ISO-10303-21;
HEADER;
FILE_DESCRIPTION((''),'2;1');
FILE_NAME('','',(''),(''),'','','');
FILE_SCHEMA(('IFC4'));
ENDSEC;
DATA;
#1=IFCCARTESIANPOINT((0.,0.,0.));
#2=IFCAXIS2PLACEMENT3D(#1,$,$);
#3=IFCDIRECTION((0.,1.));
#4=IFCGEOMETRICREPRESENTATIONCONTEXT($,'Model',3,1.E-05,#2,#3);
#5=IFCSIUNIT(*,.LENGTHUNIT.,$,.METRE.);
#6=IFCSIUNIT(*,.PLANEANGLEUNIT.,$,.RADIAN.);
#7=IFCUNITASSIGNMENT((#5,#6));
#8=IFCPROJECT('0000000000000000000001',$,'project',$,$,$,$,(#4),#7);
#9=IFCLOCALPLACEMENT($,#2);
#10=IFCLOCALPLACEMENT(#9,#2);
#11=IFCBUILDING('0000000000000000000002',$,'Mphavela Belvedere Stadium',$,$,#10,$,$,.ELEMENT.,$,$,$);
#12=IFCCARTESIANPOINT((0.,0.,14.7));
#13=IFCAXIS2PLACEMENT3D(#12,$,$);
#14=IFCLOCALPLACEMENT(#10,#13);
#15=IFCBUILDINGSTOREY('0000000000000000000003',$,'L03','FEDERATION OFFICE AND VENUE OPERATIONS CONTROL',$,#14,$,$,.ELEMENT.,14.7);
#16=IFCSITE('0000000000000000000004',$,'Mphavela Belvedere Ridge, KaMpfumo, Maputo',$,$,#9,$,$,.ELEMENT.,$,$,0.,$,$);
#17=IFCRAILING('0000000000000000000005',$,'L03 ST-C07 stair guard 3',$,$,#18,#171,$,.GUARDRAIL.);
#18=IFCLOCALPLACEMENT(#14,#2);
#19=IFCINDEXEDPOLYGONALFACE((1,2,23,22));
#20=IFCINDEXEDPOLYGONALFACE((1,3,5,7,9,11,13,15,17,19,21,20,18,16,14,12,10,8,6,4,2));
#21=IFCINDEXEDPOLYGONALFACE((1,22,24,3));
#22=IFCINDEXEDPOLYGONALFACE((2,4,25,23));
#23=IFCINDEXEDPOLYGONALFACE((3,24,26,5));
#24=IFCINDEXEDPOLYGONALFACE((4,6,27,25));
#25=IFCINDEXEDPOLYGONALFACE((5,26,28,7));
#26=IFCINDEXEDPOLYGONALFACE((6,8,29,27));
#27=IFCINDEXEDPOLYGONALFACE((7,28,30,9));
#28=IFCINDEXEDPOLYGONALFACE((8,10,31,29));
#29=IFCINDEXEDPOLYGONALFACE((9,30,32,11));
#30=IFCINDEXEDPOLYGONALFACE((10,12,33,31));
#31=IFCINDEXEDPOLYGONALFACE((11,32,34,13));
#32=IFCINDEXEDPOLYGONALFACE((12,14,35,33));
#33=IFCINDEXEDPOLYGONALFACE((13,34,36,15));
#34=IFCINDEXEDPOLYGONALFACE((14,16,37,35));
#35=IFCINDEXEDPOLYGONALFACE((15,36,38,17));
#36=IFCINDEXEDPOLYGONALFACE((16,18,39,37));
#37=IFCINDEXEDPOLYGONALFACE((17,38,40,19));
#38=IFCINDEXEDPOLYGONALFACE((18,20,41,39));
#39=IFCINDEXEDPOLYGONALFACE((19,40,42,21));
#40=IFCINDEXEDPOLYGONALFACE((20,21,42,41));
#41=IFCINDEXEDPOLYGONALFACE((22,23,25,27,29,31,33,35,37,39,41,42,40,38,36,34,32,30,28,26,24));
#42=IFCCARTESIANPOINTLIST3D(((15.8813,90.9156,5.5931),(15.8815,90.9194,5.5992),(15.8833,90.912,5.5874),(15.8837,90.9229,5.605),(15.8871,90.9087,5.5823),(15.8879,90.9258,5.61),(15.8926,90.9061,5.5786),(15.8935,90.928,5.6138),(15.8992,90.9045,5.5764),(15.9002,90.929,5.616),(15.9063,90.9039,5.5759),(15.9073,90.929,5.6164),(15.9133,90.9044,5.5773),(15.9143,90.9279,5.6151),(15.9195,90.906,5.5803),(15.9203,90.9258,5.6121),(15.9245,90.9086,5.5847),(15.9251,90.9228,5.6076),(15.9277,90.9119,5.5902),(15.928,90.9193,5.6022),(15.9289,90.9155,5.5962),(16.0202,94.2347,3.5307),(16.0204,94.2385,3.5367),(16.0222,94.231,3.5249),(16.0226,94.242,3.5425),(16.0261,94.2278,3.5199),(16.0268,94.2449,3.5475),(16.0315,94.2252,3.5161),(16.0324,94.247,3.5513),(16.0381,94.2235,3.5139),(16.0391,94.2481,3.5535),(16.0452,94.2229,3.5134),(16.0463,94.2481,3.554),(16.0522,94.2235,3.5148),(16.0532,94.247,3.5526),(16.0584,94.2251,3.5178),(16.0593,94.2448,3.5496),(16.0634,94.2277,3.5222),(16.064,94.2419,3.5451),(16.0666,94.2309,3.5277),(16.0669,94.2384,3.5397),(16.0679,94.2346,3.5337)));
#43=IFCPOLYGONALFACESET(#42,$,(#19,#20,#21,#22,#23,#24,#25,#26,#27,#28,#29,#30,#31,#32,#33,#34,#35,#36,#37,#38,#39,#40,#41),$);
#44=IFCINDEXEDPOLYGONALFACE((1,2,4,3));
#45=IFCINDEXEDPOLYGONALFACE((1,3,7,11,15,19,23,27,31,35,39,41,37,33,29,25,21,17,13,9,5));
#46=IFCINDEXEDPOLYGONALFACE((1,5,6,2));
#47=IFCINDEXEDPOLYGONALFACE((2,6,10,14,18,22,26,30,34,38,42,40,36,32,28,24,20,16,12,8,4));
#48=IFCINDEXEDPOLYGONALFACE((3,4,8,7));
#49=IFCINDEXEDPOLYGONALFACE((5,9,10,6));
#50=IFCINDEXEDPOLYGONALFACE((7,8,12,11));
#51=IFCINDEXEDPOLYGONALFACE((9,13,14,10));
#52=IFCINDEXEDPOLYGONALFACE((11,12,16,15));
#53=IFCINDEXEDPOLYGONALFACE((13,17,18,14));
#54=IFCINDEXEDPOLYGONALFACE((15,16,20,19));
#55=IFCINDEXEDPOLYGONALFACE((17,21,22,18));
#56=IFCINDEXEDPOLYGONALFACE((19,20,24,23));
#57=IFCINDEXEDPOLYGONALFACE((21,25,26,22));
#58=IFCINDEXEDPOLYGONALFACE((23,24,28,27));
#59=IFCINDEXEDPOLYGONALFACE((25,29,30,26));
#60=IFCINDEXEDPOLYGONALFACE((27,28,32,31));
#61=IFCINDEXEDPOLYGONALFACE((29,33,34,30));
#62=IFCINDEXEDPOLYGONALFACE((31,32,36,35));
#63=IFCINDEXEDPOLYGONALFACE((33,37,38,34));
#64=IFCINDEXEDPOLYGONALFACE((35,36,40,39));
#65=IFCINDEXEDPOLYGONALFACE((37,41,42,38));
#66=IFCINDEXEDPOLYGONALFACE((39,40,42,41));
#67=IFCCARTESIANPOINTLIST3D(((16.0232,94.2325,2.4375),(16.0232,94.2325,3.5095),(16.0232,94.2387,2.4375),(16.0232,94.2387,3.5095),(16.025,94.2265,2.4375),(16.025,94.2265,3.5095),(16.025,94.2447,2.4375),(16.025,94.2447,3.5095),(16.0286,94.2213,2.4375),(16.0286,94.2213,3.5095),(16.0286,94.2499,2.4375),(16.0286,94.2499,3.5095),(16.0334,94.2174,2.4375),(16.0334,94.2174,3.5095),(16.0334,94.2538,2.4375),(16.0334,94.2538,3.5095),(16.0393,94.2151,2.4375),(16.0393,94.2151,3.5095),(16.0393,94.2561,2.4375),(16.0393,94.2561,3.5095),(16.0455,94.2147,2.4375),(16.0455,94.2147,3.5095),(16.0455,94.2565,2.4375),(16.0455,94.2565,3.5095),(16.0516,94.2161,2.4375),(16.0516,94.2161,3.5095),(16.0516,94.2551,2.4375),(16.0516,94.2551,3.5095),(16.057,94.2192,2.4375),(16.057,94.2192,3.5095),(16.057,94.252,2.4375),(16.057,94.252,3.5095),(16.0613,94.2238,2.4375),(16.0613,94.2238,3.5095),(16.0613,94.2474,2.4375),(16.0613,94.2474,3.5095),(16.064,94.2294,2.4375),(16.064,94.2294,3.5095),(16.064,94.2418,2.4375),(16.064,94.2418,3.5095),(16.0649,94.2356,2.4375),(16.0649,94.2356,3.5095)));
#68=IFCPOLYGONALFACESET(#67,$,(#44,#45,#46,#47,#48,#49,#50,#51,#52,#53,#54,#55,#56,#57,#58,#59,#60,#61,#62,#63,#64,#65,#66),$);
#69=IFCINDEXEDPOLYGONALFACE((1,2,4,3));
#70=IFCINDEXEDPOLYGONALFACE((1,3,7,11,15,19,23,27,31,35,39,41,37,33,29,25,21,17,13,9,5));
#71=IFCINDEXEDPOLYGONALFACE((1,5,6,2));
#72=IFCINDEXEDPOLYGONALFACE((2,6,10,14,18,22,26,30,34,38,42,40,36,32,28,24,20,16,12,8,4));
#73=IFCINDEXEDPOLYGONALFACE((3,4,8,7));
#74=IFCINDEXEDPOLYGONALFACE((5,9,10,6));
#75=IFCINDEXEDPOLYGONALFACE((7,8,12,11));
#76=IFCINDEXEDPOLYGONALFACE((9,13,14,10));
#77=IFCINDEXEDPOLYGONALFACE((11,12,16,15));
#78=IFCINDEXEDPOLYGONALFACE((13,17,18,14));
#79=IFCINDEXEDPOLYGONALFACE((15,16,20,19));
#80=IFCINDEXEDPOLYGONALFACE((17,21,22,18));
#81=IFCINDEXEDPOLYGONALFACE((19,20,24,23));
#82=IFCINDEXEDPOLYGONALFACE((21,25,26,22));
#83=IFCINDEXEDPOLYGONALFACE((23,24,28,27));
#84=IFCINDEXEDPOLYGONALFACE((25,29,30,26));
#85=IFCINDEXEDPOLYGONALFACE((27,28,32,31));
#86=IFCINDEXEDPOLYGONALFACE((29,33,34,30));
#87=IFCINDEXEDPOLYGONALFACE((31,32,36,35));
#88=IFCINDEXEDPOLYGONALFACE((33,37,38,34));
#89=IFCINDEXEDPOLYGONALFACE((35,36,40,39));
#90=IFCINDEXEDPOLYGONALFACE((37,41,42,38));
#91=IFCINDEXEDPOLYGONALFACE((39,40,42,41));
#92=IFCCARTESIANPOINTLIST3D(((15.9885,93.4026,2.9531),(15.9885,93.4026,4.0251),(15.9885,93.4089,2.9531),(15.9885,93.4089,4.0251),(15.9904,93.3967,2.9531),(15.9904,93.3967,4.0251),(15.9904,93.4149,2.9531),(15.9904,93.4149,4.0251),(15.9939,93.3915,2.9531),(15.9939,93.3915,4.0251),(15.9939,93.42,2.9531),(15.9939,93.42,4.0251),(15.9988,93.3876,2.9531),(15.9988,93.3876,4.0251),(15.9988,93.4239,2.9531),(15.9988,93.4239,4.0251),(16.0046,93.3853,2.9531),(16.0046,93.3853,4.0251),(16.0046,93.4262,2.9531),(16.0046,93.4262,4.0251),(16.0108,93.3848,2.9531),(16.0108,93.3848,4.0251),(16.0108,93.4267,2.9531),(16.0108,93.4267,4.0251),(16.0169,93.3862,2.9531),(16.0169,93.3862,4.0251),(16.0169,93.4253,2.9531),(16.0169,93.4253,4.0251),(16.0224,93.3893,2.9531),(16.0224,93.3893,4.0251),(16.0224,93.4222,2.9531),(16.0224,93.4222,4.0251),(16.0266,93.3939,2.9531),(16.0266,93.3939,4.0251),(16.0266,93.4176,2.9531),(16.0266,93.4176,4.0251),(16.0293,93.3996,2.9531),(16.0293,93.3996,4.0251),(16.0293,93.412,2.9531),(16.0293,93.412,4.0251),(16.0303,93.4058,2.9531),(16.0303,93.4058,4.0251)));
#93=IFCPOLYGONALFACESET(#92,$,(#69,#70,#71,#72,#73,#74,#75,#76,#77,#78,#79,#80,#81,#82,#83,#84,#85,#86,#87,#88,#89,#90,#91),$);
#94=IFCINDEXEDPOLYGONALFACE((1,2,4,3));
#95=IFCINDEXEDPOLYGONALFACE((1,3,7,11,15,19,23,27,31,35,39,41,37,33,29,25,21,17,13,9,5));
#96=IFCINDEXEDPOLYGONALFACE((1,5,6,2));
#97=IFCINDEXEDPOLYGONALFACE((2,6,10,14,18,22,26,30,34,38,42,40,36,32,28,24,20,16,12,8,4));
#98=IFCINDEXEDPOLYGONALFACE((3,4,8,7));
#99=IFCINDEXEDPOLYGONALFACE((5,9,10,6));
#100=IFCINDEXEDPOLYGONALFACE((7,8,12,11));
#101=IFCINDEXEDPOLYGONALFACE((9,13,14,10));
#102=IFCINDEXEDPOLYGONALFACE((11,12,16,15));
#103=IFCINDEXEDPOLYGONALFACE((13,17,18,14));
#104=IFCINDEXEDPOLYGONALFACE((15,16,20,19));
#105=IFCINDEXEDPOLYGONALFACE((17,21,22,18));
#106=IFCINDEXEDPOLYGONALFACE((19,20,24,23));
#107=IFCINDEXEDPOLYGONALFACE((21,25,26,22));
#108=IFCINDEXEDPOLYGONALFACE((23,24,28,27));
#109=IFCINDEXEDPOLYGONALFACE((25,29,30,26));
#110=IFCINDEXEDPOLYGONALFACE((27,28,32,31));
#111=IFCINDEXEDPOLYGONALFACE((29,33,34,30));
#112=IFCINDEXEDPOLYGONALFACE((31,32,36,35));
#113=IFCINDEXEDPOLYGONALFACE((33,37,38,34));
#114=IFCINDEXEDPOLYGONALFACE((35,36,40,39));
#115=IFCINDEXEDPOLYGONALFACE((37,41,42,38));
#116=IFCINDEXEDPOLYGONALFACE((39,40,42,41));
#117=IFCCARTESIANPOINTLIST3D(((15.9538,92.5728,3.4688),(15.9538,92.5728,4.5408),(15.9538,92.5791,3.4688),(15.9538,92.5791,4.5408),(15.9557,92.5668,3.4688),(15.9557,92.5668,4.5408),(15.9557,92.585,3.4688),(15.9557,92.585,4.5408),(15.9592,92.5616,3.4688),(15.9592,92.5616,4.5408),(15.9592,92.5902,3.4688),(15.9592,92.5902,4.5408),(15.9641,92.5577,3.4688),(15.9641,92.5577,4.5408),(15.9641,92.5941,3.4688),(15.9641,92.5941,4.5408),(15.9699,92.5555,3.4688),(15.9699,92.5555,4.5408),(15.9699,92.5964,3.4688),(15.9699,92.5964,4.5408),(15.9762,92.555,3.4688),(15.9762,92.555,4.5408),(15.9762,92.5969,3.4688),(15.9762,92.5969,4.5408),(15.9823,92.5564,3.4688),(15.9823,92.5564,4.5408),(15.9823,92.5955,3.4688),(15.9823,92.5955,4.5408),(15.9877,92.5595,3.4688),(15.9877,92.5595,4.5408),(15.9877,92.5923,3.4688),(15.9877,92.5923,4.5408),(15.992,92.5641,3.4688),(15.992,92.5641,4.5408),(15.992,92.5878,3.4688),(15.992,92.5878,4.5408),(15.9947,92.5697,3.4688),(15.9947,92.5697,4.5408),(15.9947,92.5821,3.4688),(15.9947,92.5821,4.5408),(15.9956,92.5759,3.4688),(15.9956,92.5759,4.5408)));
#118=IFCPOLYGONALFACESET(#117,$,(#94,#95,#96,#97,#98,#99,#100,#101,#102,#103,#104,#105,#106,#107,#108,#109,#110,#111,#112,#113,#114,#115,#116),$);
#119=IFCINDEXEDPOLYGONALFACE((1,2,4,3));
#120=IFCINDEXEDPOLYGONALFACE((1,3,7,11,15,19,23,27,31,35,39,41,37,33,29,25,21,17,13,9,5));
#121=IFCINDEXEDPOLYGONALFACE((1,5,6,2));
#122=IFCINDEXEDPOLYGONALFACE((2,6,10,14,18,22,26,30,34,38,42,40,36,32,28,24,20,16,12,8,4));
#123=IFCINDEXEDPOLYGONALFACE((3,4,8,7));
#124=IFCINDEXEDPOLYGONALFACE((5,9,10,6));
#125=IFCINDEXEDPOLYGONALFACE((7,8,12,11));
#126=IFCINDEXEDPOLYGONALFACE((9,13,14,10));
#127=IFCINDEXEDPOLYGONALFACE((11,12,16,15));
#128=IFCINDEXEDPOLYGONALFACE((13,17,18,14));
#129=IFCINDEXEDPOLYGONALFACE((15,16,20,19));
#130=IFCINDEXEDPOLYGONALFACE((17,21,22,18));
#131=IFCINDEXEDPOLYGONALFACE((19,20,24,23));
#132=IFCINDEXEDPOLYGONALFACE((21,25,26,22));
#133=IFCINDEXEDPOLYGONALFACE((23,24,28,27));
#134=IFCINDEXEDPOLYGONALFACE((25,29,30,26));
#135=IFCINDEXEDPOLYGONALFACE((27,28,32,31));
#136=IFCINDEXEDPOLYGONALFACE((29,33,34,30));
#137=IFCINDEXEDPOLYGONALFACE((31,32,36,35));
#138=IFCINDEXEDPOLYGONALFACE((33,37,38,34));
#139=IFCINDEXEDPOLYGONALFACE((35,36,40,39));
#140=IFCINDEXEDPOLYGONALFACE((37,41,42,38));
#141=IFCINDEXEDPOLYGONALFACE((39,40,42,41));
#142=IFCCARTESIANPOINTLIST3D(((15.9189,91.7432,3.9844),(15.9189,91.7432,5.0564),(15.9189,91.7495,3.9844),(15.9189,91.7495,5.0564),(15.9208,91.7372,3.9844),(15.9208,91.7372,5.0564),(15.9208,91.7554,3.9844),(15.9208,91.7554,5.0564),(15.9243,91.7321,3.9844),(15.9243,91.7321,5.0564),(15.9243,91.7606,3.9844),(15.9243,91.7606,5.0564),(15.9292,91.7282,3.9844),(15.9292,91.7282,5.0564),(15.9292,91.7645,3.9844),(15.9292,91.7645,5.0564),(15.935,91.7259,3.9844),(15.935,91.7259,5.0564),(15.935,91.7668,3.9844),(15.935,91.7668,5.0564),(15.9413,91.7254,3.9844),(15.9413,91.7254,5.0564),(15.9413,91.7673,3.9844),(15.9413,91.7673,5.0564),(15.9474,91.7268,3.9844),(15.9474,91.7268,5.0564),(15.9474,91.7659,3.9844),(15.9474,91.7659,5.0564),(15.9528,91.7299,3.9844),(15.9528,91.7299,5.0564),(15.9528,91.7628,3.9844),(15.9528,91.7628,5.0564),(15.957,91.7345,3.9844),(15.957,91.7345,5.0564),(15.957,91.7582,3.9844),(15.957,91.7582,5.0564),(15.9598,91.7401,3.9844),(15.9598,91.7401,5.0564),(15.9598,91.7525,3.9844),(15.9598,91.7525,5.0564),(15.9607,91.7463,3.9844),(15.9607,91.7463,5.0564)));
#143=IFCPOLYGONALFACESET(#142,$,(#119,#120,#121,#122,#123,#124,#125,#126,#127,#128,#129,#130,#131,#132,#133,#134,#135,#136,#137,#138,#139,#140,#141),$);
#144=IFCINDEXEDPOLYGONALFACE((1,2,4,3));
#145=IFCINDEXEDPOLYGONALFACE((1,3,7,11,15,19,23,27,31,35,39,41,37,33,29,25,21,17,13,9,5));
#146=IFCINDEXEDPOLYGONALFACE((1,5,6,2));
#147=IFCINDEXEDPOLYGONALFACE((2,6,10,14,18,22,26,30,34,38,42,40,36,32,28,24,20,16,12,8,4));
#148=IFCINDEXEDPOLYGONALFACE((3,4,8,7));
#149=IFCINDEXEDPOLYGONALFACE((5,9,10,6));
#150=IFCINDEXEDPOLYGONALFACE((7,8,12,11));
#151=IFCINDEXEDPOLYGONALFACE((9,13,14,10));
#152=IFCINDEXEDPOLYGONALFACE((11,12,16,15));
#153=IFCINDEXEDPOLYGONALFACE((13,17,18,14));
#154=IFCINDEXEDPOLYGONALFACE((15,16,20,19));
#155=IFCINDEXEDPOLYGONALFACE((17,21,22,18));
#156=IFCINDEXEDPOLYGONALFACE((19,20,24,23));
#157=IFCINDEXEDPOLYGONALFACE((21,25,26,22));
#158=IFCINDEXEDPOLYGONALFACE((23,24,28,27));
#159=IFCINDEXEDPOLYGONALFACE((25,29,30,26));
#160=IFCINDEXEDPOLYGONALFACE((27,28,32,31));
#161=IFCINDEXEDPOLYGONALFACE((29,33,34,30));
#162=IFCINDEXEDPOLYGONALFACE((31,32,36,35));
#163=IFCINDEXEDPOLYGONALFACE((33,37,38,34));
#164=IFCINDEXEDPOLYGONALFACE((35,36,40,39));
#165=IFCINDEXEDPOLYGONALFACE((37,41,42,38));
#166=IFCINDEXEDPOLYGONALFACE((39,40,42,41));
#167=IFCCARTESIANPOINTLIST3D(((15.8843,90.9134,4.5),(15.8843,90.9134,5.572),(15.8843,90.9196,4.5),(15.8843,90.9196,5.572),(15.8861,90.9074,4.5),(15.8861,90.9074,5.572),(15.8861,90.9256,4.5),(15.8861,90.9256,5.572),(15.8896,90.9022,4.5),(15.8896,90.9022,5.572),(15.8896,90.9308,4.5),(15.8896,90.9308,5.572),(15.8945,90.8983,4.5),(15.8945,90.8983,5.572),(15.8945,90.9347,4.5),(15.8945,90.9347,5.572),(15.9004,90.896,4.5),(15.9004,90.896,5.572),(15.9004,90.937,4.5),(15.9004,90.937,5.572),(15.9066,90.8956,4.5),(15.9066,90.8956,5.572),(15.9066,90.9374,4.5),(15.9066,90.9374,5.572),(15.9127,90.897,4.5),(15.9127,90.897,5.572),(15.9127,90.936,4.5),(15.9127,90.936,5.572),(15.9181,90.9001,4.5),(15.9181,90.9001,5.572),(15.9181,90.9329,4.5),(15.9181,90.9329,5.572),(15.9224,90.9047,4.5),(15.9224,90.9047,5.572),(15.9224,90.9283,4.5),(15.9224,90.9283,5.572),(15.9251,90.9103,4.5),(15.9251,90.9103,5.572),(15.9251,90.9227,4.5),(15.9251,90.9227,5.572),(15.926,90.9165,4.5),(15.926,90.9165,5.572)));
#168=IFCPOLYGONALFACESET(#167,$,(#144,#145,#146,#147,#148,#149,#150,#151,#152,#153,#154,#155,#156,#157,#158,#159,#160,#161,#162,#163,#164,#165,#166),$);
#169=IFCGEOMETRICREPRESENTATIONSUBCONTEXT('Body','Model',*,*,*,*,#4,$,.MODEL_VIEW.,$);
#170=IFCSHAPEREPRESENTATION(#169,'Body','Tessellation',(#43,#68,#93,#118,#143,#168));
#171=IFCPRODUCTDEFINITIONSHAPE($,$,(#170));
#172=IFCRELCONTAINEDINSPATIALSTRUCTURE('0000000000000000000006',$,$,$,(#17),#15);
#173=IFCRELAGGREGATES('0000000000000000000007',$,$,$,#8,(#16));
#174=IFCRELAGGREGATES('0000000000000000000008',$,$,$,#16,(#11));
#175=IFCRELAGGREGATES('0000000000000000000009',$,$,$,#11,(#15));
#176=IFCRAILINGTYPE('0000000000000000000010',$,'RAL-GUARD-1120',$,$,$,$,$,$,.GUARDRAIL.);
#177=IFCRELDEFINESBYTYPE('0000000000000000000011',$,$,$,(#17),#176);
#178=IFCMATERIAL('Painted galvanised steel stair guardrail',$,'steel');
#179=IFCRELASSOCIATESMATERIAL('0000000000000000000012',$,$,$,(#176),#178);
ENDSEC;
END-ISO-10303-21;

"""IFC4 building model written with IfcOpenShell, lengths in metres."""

from ifc_helpers import new_model, si_unit, direction, frame, origin, origin_2d, place, context, subcontext, project, spatial, circle, extrude, material, type_object, element, save


model = new_model("IFC4")

# Units and contexts
model_context = context("Model", 3, precision=1e-05, world=origin(), true_north=direction((0.0, 1.0)))
body_context = subcontext(model_context, "Body", "Model", "MODEL_VIEW")
ifc_project = project(units=[si_unit("LENGTHUNIT", "METRE"), si_unit("PLANEANGLEUNIT", "RADIAN")], contexts=[model_context])

# Site, building, storey
site_placement = place(None, origin())
site = spatial("IfcSite", under=ifc_project, at=site_placement, Name="Mphavela Belvedere Ridge, KaMpfumo, Maputo", CompositionType="ELEMENT", RefElevation=0.0)
building_placement = place(site_placement, origin())
building = spatial("IfcBuilding", under=site, at=building_placement, Name="Mphavela Belvedere Stadium", CompositionType="ELEMENT")
storey_placement = place(building_placement, frame((0.0, 0.0, 14.7)))
storey = spatial("IfcBuildingStorey", under=building, at=storey_placement, Name="L03", Description="FEDERATION OFFICE AND VENUE OPERATIONS CONTROL", CompositionType="ELEMENT", Elevation=14.7)

# Railing
ifc_material_1 = material(Name="Painted galvanised steel stair guardrail", Category="steel")
railing_type_1 = type_object("IfcRailingType", Name="RAL-GUARD-1120", PredefinedType="GUARDRAIL", material=ifc_material_1)
railing_1_placement = place(storey_placement, frame((16.0439, 94.2356, 2.4375)))
element("IfcRailing", 1, at=railing_1_placement, inside=storey, type_object=railing_type_1, Name="L03 ST-C07 stair guard 3", PredefinedType="GUARDRAIL", context=body_context, shape_type="SweptSolid", body=[
    extrude(circle(Radius=0.0239, at=origin_2d()), frame((0.0, 0.0, 1.0962), z_axis=(-0.035527, -0.848832, 0.527468), x_axis=(0.999125, -0.041817, 0.0)), (0.0, 0.0, 1.0), 3.9102),
    extrude(circle(Radius=0.021, at=origin_2d()), origin(), (0.0, 0.0, 1.0), 1.072),
    extrude(circle(Radius=0.021, at=origin_2d()), frame((-0.0347, -0.8298, 0.5156)), (0.0, 0.0, 1.0), 1.072),
    extrude(circle(Radius=0.021, at=origin_2d()), frame((-0.0693, -1.6597, 1.0312)), (0.0, 0.0, 1.0), 1.072),
    extrude(circle(Radius=0.021, at=origin_2d()), frame((-0.1042, -2.4893, 1.5469)), (0.0, 0.0, 1.0), 1.072),
    extrude(circle(Radius=0.021, at=origin_2d()), frame((-0.1389, -3.3191, 2.0625)), (0.0, 0.0, 1.0), 1.072),
])

save(model, "model.ifc")
